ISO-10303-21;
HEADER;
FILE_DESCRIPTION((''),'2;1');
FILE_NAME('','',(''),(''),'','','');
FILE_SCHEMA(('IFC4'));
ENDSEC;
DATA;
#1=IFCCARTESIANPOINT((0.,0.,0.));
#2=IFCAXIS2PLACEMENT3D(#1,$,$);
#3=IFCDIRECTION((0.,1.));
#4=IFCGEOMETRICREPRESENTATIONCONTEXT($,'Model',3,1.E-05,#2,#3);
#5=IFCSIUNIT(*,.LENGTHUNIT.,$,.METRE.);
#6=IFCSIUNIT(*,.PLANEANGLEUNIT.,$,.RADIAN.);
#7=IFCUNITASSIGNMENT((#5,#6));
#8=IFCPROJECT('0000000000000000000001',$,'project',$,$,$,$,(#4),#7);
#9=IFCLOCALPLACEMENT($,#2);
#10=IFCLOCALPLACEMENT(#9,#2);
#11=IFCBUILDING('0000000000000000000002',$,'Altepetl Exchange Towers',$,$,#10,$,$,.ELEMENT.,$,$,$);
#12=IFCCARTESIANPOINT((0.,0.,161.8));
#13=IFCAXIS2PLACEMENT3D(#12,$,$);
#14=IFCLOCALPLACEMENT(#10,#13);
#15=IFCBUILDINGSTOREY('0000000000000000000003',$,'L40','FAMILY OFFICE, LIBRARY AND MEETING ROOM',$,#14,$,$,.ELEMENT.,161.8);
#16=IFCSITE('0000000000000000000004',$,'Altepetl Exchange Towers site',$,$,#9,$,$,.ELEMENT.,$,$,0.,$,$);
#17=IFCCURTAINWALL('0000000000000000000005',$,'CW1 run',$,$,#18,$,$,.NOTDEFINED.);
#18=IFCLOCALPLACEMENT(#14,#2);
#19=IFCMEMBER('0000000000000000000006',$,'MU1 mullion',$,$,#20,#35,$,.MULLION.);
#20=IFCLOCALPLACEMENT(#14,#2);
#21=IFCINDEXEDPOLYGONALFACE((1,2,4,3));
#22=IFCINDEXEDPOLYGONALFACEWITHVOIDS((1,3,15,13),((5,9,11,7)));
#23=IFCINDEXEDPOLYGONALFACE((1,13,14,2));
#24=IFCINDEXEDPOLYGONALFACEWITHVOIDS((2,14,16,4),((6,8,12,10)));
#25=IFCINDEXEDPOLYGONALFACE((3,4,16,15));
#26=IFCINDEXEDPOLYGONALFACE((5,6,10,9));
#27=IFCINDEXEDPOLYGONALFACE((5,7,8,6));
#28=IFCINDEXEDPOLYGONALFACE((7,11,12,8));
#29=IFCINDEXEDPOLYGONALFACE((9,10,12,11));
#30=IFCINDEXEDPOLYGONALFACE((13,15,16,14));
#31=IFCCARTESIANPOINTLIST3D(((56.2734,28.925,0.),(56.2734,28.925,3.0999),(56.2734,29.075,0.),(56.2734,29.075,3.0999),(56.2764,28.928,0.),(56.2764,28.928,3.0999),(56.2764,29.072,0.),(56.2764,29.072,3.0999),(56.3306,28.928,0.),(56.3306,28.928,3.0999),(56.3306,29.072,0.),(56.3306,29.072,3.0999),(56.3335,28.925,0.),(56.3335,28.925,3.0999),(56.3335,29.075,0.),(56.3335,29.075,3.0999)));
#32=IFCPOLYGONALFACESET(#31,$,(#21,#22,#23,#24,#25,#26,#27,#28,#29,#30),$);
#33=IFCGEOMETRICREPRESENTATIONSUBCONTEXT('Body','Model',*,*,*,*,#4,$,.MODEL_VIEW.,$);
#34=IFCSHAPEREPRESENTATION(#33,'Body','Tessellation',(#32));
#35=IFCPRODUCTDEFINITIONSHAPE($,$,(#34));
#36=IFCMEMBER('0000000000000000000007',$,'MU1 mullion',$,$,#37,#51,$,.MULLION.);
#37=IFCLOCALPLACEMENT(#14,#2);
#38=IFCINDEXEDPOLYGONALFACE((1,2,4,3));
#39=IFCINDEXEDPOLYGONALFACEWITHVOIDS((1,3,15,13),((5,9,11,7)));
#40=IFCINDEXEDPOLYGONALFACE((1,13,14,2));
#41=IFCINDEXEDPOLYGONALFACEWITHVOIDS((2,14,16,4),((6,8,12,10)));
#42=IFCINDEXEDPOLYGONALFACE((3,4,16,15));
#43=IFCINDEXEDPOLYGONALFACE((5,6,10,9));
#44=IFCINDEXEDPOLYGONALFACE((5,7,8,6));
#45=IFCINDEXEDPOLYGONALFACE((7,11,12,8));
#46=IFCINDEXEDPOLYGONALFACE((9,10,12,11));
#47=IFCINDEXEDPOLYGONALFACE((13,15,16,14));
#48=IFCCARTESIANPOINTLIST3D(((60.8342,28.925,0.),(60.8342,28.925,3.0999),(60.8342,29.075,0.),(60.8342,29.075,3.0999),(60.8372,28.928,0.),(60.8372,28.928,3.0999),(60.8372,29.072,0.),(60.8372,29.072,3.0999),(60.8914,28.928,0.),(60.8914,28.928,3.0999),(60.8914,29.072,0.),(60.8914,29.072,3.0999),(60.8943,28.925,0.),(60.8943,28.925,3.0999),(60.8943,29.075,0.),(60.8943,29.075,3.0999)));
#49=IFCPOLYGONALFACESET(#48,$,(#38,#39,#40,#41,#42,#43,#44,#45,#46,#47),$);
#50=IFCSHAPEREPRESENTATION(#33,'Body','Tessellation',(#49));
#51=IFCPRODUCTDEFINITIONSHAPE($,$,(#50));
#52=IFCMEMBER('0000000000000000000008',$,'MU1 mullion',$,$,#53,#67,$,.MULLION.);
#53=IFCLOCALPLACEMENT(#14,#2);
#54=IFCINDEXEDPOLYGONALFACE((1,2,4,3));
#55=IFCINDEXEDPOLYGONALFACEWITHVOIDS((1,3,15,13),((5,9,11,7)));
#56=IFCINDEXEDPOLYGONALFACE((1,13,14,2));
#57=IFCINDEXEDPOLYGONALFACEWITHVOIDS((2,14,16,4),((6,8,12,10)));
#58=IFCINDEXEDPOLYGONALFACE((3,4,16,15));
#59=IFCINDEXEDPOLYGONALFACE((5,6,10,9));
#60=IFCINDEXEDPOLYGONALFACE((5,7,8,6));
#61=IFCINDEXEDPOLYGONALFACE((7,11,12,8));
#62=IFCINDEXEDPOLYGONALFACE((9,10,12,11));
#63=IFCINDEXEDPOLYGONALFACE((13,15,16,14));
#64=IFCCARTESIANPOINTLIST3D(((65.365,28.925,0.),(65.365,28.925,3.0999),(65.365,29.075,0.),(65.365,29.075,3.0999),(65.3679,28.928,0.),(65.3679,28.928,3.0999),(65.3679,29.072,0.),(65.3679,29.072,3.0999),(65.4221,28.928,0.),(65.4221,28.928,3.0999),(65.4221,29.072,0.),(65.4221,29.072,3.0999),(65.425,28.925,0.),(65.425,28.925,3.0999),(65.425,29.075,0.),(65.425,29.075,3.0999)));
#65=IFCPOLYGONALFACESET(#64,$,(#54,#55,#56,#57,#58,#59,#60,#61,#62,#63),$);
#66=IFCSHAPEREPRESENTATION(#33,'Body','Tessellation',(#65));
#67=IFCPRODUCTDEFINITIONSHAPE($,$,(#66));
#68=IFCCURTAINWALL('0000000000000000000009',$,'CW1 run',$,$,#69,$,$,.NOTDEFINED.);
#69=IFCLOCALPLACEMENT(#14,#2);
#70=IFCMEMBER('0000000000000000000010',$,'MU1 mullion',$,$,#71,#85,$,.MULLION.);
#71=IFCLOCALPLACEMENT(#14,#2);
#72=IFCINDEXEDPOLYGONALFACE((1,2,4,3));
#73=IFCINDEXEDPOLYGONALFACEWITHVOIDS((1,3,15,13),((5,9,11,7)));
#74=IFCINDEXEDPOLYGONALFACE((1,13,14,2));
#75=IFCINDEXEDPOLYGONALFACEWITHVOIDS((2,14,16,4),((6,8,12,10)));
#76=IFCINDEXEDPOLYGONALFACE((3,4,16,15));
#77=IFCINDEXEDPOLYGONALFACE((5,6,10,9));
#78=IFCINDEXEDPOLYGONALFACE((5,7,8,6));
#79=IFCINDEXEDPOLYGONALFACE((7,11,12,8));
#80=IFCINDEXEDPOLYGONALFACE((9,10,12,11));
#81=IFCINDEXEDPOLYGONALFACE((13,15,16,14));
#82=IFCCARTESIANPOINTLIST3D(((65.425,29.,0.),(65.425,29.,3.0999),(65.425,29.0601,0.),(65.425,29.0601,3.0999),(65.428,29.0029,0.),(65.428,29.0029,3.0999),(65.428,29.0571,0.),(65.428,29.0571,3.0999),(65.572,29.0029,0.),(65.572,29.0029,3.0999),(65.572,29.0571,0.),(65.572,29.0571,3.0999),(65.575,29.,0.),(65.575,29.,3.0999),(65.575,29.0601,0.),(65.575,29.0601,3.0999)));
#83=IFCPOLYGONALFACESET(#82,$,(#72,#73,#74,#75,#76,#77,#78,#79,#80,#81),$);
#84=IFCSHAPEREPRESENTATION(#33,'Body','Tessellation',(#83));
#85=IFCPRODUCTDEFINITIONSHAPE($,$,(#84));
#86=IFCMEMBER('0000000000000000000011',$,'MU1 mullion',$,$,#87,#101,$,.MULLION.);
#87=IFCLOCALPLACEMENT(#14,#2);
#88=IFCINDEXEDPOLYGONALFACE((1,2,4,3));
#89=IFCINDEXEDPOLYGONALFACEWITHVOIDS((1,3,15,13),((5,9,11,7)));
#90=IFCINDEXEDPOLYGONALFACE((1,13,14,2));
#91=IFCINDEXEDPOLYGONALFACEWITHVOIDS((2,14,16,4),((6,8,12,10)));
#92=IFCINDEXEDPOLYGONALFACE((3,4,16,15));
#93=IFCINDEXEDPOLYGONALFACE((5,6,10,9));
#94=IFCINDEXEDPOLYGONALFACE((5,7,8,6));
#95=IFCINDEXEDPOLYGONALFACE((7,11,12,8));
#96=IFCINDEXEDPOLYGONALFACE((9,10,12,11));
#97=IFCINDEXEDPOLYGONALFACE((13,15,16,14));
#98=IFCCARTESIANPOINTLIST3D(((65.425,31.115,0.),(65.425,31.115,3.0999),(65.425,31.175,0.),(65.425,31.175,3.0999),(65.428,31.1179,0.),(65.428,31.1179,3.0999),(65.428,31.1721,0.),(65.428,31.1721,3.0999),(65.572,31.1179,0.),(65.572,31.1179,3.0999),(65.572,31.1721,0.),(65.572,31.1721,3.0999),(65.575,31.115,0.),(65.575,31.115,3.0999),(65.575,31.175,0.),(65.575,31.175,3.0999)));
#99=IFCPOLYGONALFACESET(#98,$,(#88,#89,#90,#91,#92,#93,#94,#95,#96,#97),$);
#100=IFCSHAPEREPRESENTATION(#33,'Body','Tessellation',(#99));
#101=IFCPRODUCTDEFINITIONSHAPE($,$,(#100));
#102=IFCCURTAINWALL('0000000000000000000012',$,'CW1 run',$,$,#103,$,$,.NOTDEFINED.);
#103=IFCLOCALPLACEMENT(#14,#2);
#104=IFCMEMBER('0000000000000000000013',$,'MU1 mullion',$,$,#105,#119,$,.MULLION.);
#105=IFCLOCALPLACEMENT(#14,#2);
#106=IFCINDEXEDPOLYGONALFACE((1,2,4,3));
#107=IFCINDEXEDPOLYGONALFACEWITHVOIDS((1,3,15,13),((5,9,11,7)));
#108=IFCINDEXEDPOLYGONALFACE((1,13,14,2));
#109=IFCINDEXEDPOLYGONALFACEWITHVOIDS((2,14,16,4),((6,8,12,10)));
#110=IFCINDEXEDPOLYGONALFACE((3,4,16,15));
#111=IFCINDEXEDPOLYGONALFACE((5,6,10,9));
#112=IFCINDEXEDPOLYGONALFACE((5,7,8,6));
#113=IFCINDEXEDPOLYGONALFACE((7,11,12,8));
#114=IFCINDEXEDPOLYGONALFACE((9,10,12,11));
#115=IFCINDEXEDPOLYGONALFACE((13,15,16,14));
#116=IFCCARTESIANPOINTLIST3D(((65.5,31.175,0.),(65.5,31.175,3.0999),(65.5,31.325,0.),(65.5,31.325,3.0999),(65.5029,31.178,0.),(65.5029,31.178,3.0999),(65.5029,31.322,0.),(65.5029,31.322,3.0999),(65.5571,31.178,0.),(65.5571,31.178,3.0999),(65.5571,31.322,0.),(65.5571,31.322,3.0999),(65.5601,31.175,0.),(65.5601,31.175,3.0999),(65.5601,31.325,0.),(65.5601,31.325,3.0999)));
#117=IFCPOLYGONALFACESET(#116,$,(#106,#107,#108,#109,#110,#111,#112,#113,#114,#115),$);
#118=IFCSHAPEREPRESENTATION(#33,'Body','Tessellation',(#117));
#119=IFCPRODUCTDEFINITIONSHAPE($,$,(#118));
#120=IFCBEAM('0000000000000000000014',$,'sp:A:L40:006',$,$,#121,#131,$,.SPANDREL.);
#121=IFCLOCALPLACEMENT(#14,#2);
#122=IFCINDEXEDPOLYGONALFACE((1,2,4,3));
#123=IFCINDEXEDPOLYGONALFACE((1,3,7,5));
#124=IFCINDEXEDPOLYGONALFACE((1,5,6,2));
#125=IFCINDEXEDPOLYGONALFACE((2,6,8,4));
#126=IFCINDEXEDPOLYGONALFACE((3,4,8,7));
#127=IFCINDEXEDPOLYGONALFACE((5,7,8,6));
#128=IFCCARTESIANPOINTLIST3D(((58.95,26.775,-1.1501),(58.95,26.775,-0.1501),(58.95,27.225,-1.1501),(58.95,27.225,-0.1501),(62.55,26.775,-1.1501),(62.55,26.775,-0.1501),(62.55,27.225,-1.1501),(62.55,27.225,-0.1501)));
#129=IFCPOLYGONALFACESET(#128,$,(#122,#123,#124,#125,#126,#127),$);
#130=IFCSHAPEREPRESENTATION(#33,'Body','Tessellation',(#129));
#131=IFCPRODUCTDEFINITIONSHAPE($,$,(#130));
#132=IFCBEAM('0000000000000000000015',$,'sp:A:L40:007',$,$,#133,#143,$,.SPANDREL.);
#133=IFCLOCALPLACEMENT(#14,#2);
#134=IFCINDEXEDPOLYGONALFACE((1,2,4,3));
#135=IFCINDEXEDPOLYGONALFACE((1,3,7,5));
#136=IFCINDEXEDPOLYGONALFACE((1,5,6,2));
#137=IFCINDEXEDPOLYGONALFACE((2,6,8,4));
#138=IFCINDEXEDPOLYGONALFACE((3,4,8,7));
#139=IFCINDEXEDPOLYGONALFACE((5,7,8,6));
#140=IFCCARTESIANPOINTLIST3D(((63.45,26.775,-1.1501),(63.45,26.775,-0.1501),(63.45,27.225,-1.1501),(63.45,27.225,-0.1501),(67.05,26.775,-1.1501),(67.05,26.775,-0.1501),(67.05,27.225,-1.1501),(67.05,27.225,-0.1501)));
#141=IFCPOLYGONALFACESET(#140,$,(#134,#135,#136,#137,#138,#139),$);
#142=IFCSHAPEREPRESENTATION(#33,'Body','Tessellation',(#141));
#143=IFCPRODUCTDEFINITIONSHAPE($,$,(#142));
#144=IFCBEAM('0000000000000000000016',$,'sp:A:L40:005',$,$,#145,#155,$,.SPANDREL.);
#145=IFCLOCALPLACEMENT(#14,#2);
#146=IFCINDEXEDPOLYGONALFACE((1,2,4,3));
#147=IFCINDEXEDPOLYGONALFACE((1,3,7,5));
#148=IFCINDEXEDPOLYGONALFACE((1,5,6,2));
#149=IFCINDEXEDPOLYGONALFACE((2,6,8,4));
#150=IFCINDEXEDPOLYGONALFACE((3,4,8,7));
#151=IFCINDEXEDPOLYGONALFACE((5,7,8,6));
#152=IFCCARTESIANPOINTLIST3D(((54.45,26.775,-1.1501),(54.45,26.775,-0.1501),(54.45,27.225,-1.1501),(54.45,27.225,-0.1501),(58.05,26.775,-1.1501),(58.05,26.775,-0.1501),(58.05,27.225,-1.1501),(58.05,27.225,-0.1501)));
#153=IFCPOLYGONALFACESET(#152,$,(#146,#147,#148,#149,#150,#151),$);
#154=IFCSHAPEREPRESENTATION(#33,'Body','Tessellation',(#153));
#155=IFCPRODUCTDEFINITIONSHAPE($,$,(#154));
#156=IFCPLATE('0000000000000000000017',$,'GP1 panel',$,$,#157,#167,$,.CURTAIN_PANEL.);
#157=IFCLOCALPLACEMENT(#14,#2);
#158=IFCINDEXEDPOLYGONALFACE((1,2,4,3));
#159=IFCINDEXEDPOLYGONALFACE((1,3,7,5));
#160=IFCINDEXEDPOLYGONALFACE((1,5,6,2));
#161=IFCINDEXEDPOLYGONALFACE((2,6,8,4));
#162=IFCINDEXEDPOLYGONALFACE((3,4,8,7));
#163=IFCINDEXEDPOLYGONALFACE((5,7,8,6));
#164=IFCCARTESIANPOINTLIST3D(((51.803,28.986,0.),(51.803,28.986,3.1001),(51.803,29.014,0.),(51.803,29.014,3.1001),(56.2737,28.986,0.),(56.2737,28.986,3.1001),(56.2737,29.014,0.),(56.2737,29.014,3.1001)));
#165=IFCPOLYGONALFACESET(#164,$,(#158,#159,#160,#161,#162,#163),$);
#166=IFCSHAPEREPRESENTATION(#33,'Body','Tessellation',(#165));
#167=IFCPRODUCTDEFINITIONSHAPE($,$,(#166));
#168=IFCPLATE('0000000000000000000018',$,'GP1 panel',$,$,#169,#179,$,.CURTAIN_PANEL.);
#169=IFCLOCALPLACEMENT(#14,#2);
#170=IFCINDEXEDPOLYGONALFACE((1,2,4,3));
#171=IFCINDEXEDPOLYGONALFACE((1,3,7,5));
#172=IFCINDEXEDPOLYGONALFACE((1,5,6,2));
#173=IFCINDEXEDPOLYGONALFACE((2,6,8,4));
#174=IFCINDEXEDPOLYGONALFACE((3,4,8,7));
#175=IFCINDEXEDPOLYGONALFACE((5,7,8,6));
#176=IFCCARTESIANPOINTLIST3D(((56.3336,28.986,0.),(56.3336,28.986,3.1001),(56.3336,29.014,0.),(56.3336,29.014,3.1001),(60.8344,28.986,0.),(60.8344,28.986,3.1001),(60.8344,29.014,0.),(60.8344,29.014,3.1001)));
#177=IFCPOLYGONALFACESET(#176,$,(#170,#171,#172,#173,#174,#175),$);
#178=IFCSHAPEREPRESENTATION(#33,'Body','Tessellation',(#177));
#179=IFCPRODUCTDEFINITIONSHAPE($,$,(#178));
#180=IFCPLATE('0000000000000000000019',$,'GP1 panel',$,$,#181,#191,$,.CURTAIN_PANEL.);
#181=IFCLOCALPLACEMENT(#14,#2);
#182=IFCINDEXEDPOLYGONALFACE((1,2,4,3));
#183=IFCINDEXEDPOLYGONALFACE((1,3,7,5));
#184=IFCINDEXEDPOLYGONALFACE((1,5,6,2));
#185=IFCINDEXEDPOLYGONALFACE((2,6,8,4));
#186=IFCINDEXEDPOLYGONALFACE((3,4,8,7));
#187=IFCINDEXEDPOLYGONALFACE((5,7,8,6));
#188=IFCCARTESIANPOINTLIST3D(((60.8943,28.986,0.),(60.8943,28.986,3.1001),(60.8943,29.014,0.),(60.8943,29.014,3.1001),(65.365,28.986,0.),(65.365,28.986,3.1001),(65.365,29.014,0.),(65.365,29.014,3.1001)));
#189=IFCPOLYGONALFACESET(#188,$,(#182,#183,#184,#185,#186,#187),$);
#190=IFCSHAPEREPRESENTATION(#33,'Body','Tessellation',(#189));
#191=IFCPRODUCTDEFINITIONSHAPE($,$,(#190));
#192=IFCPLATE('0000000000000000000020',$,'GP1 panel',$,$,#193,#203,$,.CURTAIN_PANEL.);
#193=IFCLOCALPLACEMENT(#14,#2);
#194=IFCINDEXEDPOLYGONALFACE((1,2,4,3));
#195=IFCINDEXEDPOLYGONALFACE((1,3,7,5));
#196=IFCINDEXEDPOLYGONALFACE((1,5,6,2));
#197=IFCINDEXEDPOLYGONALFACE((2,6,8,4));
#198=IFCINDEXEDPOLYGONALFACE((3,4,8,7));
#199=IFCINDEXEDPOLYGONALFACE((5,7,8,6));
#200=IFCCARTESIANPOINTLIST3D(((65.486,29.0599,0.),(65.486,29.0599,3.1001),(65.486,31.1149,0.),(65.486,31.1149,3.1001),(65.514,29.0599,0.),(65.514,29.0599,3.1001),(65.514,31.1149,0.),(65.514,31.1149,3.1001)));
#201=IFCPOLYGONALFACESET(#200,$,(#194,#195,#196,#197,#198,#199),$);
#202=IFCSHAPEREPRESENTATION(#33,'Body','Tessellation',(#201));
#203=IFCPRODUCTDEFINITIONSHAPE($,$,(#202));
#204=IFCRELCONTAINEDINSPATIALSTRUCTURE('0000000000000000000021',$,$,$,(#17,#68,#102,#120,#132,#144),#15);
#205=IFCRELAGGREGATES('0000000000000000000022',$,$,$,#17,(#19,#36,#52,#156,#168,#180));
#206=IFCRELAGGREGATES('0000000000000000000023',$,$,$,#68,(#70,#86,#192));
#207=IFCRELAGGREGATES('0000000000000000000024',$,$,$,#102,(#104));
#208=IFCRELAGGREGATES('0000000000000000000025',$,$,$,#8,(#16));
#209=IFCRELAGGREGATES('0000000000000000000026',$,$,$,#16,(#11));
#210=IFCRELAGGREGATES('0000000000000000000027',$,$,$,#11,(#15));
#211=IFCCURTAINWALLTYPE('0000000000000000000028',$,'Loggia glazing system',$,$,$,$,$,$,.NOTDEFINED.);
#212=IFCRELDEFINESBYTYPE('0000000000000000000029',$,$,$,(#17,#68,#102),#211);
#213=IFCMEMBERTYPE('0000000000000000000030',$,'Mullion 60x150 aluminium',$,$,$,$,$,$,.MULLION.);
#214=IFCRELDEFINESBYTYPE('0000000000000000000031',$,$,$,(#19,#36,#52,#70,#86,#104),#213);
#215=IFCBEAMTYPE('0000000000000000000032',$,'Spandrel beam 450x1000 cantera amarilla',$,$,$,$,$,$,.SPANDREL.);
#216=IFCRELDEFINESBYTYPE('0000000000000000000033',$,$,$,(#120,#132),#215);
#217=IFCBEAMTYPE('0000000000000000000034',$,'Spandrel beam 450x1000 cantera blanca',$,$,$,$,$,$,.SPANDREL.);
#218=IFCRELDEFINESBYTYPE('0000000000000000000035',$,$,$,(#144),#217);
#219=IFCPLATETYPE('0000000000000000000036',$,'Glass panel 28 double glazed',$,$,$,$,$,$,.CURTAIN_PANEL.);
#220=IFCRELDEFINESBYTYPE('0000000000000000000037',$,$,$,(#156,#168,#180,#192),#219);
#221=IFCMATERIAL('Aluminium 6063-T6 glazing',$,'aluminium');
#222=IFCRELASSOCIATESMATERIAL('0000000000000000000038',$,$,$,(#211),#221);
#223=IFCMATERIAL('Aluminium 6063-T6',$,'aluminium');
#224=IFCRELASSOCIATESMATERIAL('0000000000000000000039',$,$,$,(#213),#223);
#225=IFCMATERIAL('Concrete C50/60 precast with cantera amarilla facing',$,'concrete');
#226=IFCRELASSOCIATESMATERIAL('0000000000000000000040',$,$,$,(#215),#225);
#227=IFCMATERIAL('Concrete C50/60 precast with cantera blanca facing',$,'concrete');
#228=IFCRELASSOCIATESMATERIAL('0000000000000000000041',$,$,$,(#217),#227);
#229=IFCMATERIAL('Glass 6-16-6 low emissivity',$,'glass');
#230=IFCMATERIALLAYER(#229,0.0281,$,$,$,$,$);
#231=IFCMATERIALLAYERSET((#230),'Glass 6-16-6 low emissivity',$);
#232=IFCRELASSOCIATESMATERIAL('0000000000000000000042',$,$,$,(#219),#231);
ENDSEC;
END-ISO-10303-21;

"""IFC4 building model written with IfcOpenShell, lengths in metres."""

from ifc_helpers import new_model, si_unit, direction, frame, origin, origin_2d, place, context, subcontext, project, spatial, rectangle, hollow_rectangle, extrude, material, layer, layer_set, material_profile, profile_set, type_object, element, aggregate, save


model = new_model("IFC4")

# Units and contexts
model_context = context("Model", 3, precision=1e-05, world=origin(), true_north=direction((0.0, 1.0)))
body_context = subcontext(model_context, "Body", "Model", "MODEL_VIEW")
ifc_project = project(units=[si_unit("LENGTHUNIT", "METRE"), si_unit("PLANEANGLEUNIT", "RADIAN")], contexts=[model_context])

# Site, building, storey
site_placement = place(None, origin())
site = spatial("IfcSite", under=ifc_project, at=site_placement, Name="Altepetl Exchange Towers site", CompositionType="ELEMENT", RefElevation=0.0)
building_placement = place(site_placement, origin())
building = spatial("IfcBuilding", under=site, at=building_placement, Name="Altepetl Exchange Towers", CompositionType="ELEMENT")
storey_placement = place(building_placement, frame((0.0, 0.0, 161.8)))
storey = spatial("IfcBuildingStorey", under=building, at=storey_placement, Name="L40", Description="FAMILY OFFICE, LIBRARY AND MEETING ROOM", CompositionType="ELEMENT", Elevation=161.8)

# Curtain walls, members
ifc_material_1 = material(Name="Aluminium 6063-T6 glazing", Category="aluminium")
curtain_wall_type = type_object("IfcCurtainWallType", Name="Loggia glazing system", PredefinedType="NOTDEFINED", material=ifc_material_1)
curtain_wall_1_placement = place(storey_placement, origin())
curtain_wall_1 = element("IfcCurtainWall", 1, at=curtain_wall_1_placement, inside=storey, type_object=curtain_wall_type, Name="CW1 run", PredefinedType="NOTDEFINED")
ifc_material_2 = material(Name="Aluminium 6063-T6", Category="aluminium")
ifc_material_profile_1 = material_profile(ifc_material_2, hollow_rectangle(XDim=0.0601, YDim=0.1499, WallThickness=0.0029, at=origin_2d()), Name="Mullion 60x150 aluminium")
ifc_profile_set_1 = profile_set([ifc_material_profile_1], Name="Aluminium 6063-T6")
member_type = type_object("IfcMemberType", Name="Mullion 60x150 aluminium", PredefinedType="MULLION", material=ifc_profile_set_1)
member_1_placement = place(storey_placement, frame((56.3035, 29.0, 0.0)))
member_1 = element("IfcMember", 2, at=member_1_placement, type_object=member_type, Name="MU1 mullion", PredefinedType="MULLION", context=body_context, shape_type="SweptSolid", body=[
    extrude(hollow_rectangle(XDim=0.0601, YDim=0.1499, WallThickness=0.0029, at=origin_2d()), origin(), (0.0, 0.0, 1.0), 3.0999),
])
member_2_placement = place(storey_placement, frame((60.8643, 29.0, 0.0)))
member_2 = element("IfcMember", 3, at=member_2_placement, type_object=member_type, Name="MU1 mullion", PredefinedType="MULLION", context=body_context, shape_type="SweptSolid", body=[
    extrude(hollow_rectangle(XDim=0.0601, YDim=0.1499, WallThickness=0.0029, at=origin_2d()), origin(), (0.0, 0.0, 1.0), 3.0999),
])
member_3_placement = place(storey_placement, frame((65.395, 29.0, 0.0)))
member_3 = element("IfcMember", 4, at=member_3_placement, type_object=member_type, Name="MU1 mullion", PredefinedType="MULLION", context=body_context, shape_type="SweptSolid", body=[
    extrude(hollow_rectangle(XDim=0.0601, YDim=0.1499, WallThickness=0.0029, at=origin_2d()), origin(), (0.0, 0.0, 1.0), 3.0999),
])
curtain_wall_2_placement = place(storey_placement, origin())
curtain_wall_2 = element("IfcCurtainWall", 5, at=curtain_wall_2_placement, inside=storey, type_object=curtain_wall_type, Name="CW1 run", PredefinedType="NOTDEFINED")
member_4_placement = place(storey_placement, frame((65.5, 29.03, 0.0), z_axis=(0.0, 0.0, 1.0), x_axis=(0.0, 1.0, 0.0)))
member_4 = element("IfcMember", 6, at=member_4_placement, type_object=member_type, Name="MU1 mullion", PredefinedType="MULLION", context=body_context, shape_type="SweptSolid", body=[
    extrude(hollow_rectangle(XDim=0.0601, YDim=0.1499, WallThickness=0.0029, at=origin_2d()), origin(), (0.0, 0.0, 1.0), 3.0999),
])
member_5_placement = place(storey_placement, frame((65.5, 31.145, 0.0), z_axis=(0.0, 0.0, 1.0), x_axis=(0.0, 1.0, 0.0)))
member_5 = element("IfcMember", 7, at=member_5_placement, type_object=member_type, Name="MU1 mullion", PredefinedType="MULLION", context=body_context, shape_type="SweptSolid", body=[
    extrude(hollow_rectangle(XDim=0.0601, YDim=0.1499, WallThickness=0.0029, at=origin_2d()), origin(), (0.0, 0.0, 1.0), 3.0999),
])

# Curtain wall, member
curtain_wall_3_placement = place(storey_placement, origin())
curtain_wall_3 = element("IfcCurtainWall", 8, at=curtain_wall_3_placement, inside=storey, type_object=curtain_wall_type, Name="CW1 run", PredefinedType="NOTDEFINED")
member_6_placement = place(storey_placement, frame((65.53, 31.25, 0.0)))
member_6 = element("IfcMember", 9, at=member_6_placement, type_object=member_type, Name="MU1 mullion", PredefinedType="MULLION", context=body_context, shape_type="SweptSolid", body=[
    extrude(hollow_rectangle(XDim=0.0601, YDim=0.1499, WallThickness=0.0029, at=origin_2d()), origin(), (0.0, 0.0, 1.0), 3.0999),
])

# Beams
ifc_material_3 = material(Name="Concrete C50/60 precast with cantera amarilla facing", Category="concrete")
ifc_material_profile_2 = material_profile(ifc_material_3, rectangle(XDim=0.45, YDim=1.0, at=origin_2d()), Name="450 x 1000")
ifc_profile_set_2 = profile_set([ifc_material_profile_2], Name="Concrete C50/60 precast with cantera amarilla facing")
beam_type_1 = type_object("IfcBeamType", Name="Spandrel beam 450x1000 cantera amarilla", PredefinedType="SPANDREL", material=ifc_profile_set_2)
for number, where, z_axis, x_axis, name in (
    (10, (58.95, 27.0, -0.6501), (1.0, 0.0, 0.0), (0.0, 1.0, 0.0), "sp:A:L40:006"),
    (11, (63.45, 27.0, -0.6501), (1.0, 0.0, 0.0), (0.0, 1.0, 0.0), "sp:A:L40:007"),
):
    element("IfcBeam", number, at=place(storey_placement, frame(where, z_axis=z_axis, x_axis=x_axis)), inside=storey, type_object=beam_type_1, Name=name, PredefinedType="SPANDREL", context=body_context, shape_type="SweptSolid", body=[
        extrude(rectangle(XDim=0.45, YDim=1.0, at=origin_2d()), origin(), (0.0, 0.0, 1.0), 3.6001),
    ])
ifc_material_4 = material(Name="Concrete C50/60 precast with cantera blanca facing", Category="concrete")
ifc_material_profile_3 = material_profile(ifc_material_4, rectangle(XDim=0.45, YDim=1.0, at=origin_2d()), Name="450 x 1000")
ifc_profile_set_3 = profile_set([ifc_material_profile_3], Name="Concrete C50/60 precast with cantera blanca facing")
beam_type_2 = type_object("IfcBeamType", Name="Spandrel beam 450x1000 cantera blanca", PredefinedType="SPANDREL", material=ifc_profile_set_3)
beam_1_placement = place(storey_placement, frame((54.45, 27.0, -0.6501), z_axis=(1.0, 0.0, 0.0), x_axis=(0.0, 1.0, 0.0)))
element("IfcBeam", 12, at=beam_1_placement, inside=storey, type_object=beam_type_2, Name="sp:A:L40:005", PredefinedType="SPANDREL", context=body_context, shape_type="SweptSolid", body=[
    extrude(rectangle(XDim=0.45, YDim=1.0, at=origin_2d()), origin(), (0.0, 0.0, 1.0), 3.6001),
])

# Plates
ifc_material_5 = material(Name="Glass 6-16-6 low emissivity", Category="glass")
ifc_layer_1 = layer(ifc_material_5, 0.0281)
ifc_layer_set_1 = layer_set([ifc_layer_1], Name="Glass 6-16-6 low emissivity")
plate_type = type_object("IfcPlateType", Name="Glass panel 28 double glazed", PredefinedType="CURTAIN_PANEL", material=ifc_layer_set_1)
plate_1_placement = place(storey_placement, frame((54.0383, 29.0, 0.0)))
plate_1 = element("IfcPlate", 13, at=plate_1_placement, type_object=plate_type, Name="GP1 panel", PredefinedType="CURTAIN_PANEL", context=body_context, shape_type="SweptSolid", body=[
    extrude(rectangle(XDim=4.4707, YDim=0.0281, at=origin_2d()), origin(), (0.0, 0.0, 1.0), 3.1001),
])
plate_2_placement = place(storey_placement, frame((58.584, 29.0, 0.0)))
plate_2 = element("IfcPlate", 14, at=plate_2_placement, type_object=plate_type, Name="GP1 panel", PredefinedType="CURTAIN_PANEL", context=body_context, shape_type="SweptSolid", body=[
    extrude(rectangle(XDim=4.5007, YDim=0.0281, at=origin_2d()), origin(), (0.0, 0.0, 1.0), 3.1001),
])
plate_3_placement = place(storey_placement, frame((63.1296, 29.0, 0.0)))
plate_3 = element("IfcPlate", 15, at=plate_3_placement, type_object=plate_type, Name="GP1 panel", PredefinedType="CURTAIN_PANEL", context=body_context, shape_type="SweptSolid", body=[
    extrude(rectangle(XDim=4.4707, YDim=0.0281, at=origin_2d()), origin(), (0.0, 0.0, 1.0), 3.1001),
])
aggregate(curtain_wall_1, [member_1, member_2, member_3, plate_1, plate_2, plate_3])
plate_4_placement = place(storey_placement, frame((65.5, 30.0874, 0.0), z_axis=(0.0, 0.0, 1.0), x_axis=(0.0, 1.0, 0.0)))
plate_4 = element("IfcPlate", 16, at=plate_4_placement, type_object=plate_type, Name="GP1 panel", PredefinedType="CURTAIN_PANEL", context=body_context, shape_type="SweptSolid", body=[
    extrude(rectangle(XDim=2.0549, YDim=0.0281, at=origin_2d()), origin(), (0.0, 0.0, 1.0), 3.1001),
])
aggregate(curtain_wall_2, [member_4, member_5, plate_4])
aggregate(curtain_wall_3, [member_6])

save(model, "model.ifc")
